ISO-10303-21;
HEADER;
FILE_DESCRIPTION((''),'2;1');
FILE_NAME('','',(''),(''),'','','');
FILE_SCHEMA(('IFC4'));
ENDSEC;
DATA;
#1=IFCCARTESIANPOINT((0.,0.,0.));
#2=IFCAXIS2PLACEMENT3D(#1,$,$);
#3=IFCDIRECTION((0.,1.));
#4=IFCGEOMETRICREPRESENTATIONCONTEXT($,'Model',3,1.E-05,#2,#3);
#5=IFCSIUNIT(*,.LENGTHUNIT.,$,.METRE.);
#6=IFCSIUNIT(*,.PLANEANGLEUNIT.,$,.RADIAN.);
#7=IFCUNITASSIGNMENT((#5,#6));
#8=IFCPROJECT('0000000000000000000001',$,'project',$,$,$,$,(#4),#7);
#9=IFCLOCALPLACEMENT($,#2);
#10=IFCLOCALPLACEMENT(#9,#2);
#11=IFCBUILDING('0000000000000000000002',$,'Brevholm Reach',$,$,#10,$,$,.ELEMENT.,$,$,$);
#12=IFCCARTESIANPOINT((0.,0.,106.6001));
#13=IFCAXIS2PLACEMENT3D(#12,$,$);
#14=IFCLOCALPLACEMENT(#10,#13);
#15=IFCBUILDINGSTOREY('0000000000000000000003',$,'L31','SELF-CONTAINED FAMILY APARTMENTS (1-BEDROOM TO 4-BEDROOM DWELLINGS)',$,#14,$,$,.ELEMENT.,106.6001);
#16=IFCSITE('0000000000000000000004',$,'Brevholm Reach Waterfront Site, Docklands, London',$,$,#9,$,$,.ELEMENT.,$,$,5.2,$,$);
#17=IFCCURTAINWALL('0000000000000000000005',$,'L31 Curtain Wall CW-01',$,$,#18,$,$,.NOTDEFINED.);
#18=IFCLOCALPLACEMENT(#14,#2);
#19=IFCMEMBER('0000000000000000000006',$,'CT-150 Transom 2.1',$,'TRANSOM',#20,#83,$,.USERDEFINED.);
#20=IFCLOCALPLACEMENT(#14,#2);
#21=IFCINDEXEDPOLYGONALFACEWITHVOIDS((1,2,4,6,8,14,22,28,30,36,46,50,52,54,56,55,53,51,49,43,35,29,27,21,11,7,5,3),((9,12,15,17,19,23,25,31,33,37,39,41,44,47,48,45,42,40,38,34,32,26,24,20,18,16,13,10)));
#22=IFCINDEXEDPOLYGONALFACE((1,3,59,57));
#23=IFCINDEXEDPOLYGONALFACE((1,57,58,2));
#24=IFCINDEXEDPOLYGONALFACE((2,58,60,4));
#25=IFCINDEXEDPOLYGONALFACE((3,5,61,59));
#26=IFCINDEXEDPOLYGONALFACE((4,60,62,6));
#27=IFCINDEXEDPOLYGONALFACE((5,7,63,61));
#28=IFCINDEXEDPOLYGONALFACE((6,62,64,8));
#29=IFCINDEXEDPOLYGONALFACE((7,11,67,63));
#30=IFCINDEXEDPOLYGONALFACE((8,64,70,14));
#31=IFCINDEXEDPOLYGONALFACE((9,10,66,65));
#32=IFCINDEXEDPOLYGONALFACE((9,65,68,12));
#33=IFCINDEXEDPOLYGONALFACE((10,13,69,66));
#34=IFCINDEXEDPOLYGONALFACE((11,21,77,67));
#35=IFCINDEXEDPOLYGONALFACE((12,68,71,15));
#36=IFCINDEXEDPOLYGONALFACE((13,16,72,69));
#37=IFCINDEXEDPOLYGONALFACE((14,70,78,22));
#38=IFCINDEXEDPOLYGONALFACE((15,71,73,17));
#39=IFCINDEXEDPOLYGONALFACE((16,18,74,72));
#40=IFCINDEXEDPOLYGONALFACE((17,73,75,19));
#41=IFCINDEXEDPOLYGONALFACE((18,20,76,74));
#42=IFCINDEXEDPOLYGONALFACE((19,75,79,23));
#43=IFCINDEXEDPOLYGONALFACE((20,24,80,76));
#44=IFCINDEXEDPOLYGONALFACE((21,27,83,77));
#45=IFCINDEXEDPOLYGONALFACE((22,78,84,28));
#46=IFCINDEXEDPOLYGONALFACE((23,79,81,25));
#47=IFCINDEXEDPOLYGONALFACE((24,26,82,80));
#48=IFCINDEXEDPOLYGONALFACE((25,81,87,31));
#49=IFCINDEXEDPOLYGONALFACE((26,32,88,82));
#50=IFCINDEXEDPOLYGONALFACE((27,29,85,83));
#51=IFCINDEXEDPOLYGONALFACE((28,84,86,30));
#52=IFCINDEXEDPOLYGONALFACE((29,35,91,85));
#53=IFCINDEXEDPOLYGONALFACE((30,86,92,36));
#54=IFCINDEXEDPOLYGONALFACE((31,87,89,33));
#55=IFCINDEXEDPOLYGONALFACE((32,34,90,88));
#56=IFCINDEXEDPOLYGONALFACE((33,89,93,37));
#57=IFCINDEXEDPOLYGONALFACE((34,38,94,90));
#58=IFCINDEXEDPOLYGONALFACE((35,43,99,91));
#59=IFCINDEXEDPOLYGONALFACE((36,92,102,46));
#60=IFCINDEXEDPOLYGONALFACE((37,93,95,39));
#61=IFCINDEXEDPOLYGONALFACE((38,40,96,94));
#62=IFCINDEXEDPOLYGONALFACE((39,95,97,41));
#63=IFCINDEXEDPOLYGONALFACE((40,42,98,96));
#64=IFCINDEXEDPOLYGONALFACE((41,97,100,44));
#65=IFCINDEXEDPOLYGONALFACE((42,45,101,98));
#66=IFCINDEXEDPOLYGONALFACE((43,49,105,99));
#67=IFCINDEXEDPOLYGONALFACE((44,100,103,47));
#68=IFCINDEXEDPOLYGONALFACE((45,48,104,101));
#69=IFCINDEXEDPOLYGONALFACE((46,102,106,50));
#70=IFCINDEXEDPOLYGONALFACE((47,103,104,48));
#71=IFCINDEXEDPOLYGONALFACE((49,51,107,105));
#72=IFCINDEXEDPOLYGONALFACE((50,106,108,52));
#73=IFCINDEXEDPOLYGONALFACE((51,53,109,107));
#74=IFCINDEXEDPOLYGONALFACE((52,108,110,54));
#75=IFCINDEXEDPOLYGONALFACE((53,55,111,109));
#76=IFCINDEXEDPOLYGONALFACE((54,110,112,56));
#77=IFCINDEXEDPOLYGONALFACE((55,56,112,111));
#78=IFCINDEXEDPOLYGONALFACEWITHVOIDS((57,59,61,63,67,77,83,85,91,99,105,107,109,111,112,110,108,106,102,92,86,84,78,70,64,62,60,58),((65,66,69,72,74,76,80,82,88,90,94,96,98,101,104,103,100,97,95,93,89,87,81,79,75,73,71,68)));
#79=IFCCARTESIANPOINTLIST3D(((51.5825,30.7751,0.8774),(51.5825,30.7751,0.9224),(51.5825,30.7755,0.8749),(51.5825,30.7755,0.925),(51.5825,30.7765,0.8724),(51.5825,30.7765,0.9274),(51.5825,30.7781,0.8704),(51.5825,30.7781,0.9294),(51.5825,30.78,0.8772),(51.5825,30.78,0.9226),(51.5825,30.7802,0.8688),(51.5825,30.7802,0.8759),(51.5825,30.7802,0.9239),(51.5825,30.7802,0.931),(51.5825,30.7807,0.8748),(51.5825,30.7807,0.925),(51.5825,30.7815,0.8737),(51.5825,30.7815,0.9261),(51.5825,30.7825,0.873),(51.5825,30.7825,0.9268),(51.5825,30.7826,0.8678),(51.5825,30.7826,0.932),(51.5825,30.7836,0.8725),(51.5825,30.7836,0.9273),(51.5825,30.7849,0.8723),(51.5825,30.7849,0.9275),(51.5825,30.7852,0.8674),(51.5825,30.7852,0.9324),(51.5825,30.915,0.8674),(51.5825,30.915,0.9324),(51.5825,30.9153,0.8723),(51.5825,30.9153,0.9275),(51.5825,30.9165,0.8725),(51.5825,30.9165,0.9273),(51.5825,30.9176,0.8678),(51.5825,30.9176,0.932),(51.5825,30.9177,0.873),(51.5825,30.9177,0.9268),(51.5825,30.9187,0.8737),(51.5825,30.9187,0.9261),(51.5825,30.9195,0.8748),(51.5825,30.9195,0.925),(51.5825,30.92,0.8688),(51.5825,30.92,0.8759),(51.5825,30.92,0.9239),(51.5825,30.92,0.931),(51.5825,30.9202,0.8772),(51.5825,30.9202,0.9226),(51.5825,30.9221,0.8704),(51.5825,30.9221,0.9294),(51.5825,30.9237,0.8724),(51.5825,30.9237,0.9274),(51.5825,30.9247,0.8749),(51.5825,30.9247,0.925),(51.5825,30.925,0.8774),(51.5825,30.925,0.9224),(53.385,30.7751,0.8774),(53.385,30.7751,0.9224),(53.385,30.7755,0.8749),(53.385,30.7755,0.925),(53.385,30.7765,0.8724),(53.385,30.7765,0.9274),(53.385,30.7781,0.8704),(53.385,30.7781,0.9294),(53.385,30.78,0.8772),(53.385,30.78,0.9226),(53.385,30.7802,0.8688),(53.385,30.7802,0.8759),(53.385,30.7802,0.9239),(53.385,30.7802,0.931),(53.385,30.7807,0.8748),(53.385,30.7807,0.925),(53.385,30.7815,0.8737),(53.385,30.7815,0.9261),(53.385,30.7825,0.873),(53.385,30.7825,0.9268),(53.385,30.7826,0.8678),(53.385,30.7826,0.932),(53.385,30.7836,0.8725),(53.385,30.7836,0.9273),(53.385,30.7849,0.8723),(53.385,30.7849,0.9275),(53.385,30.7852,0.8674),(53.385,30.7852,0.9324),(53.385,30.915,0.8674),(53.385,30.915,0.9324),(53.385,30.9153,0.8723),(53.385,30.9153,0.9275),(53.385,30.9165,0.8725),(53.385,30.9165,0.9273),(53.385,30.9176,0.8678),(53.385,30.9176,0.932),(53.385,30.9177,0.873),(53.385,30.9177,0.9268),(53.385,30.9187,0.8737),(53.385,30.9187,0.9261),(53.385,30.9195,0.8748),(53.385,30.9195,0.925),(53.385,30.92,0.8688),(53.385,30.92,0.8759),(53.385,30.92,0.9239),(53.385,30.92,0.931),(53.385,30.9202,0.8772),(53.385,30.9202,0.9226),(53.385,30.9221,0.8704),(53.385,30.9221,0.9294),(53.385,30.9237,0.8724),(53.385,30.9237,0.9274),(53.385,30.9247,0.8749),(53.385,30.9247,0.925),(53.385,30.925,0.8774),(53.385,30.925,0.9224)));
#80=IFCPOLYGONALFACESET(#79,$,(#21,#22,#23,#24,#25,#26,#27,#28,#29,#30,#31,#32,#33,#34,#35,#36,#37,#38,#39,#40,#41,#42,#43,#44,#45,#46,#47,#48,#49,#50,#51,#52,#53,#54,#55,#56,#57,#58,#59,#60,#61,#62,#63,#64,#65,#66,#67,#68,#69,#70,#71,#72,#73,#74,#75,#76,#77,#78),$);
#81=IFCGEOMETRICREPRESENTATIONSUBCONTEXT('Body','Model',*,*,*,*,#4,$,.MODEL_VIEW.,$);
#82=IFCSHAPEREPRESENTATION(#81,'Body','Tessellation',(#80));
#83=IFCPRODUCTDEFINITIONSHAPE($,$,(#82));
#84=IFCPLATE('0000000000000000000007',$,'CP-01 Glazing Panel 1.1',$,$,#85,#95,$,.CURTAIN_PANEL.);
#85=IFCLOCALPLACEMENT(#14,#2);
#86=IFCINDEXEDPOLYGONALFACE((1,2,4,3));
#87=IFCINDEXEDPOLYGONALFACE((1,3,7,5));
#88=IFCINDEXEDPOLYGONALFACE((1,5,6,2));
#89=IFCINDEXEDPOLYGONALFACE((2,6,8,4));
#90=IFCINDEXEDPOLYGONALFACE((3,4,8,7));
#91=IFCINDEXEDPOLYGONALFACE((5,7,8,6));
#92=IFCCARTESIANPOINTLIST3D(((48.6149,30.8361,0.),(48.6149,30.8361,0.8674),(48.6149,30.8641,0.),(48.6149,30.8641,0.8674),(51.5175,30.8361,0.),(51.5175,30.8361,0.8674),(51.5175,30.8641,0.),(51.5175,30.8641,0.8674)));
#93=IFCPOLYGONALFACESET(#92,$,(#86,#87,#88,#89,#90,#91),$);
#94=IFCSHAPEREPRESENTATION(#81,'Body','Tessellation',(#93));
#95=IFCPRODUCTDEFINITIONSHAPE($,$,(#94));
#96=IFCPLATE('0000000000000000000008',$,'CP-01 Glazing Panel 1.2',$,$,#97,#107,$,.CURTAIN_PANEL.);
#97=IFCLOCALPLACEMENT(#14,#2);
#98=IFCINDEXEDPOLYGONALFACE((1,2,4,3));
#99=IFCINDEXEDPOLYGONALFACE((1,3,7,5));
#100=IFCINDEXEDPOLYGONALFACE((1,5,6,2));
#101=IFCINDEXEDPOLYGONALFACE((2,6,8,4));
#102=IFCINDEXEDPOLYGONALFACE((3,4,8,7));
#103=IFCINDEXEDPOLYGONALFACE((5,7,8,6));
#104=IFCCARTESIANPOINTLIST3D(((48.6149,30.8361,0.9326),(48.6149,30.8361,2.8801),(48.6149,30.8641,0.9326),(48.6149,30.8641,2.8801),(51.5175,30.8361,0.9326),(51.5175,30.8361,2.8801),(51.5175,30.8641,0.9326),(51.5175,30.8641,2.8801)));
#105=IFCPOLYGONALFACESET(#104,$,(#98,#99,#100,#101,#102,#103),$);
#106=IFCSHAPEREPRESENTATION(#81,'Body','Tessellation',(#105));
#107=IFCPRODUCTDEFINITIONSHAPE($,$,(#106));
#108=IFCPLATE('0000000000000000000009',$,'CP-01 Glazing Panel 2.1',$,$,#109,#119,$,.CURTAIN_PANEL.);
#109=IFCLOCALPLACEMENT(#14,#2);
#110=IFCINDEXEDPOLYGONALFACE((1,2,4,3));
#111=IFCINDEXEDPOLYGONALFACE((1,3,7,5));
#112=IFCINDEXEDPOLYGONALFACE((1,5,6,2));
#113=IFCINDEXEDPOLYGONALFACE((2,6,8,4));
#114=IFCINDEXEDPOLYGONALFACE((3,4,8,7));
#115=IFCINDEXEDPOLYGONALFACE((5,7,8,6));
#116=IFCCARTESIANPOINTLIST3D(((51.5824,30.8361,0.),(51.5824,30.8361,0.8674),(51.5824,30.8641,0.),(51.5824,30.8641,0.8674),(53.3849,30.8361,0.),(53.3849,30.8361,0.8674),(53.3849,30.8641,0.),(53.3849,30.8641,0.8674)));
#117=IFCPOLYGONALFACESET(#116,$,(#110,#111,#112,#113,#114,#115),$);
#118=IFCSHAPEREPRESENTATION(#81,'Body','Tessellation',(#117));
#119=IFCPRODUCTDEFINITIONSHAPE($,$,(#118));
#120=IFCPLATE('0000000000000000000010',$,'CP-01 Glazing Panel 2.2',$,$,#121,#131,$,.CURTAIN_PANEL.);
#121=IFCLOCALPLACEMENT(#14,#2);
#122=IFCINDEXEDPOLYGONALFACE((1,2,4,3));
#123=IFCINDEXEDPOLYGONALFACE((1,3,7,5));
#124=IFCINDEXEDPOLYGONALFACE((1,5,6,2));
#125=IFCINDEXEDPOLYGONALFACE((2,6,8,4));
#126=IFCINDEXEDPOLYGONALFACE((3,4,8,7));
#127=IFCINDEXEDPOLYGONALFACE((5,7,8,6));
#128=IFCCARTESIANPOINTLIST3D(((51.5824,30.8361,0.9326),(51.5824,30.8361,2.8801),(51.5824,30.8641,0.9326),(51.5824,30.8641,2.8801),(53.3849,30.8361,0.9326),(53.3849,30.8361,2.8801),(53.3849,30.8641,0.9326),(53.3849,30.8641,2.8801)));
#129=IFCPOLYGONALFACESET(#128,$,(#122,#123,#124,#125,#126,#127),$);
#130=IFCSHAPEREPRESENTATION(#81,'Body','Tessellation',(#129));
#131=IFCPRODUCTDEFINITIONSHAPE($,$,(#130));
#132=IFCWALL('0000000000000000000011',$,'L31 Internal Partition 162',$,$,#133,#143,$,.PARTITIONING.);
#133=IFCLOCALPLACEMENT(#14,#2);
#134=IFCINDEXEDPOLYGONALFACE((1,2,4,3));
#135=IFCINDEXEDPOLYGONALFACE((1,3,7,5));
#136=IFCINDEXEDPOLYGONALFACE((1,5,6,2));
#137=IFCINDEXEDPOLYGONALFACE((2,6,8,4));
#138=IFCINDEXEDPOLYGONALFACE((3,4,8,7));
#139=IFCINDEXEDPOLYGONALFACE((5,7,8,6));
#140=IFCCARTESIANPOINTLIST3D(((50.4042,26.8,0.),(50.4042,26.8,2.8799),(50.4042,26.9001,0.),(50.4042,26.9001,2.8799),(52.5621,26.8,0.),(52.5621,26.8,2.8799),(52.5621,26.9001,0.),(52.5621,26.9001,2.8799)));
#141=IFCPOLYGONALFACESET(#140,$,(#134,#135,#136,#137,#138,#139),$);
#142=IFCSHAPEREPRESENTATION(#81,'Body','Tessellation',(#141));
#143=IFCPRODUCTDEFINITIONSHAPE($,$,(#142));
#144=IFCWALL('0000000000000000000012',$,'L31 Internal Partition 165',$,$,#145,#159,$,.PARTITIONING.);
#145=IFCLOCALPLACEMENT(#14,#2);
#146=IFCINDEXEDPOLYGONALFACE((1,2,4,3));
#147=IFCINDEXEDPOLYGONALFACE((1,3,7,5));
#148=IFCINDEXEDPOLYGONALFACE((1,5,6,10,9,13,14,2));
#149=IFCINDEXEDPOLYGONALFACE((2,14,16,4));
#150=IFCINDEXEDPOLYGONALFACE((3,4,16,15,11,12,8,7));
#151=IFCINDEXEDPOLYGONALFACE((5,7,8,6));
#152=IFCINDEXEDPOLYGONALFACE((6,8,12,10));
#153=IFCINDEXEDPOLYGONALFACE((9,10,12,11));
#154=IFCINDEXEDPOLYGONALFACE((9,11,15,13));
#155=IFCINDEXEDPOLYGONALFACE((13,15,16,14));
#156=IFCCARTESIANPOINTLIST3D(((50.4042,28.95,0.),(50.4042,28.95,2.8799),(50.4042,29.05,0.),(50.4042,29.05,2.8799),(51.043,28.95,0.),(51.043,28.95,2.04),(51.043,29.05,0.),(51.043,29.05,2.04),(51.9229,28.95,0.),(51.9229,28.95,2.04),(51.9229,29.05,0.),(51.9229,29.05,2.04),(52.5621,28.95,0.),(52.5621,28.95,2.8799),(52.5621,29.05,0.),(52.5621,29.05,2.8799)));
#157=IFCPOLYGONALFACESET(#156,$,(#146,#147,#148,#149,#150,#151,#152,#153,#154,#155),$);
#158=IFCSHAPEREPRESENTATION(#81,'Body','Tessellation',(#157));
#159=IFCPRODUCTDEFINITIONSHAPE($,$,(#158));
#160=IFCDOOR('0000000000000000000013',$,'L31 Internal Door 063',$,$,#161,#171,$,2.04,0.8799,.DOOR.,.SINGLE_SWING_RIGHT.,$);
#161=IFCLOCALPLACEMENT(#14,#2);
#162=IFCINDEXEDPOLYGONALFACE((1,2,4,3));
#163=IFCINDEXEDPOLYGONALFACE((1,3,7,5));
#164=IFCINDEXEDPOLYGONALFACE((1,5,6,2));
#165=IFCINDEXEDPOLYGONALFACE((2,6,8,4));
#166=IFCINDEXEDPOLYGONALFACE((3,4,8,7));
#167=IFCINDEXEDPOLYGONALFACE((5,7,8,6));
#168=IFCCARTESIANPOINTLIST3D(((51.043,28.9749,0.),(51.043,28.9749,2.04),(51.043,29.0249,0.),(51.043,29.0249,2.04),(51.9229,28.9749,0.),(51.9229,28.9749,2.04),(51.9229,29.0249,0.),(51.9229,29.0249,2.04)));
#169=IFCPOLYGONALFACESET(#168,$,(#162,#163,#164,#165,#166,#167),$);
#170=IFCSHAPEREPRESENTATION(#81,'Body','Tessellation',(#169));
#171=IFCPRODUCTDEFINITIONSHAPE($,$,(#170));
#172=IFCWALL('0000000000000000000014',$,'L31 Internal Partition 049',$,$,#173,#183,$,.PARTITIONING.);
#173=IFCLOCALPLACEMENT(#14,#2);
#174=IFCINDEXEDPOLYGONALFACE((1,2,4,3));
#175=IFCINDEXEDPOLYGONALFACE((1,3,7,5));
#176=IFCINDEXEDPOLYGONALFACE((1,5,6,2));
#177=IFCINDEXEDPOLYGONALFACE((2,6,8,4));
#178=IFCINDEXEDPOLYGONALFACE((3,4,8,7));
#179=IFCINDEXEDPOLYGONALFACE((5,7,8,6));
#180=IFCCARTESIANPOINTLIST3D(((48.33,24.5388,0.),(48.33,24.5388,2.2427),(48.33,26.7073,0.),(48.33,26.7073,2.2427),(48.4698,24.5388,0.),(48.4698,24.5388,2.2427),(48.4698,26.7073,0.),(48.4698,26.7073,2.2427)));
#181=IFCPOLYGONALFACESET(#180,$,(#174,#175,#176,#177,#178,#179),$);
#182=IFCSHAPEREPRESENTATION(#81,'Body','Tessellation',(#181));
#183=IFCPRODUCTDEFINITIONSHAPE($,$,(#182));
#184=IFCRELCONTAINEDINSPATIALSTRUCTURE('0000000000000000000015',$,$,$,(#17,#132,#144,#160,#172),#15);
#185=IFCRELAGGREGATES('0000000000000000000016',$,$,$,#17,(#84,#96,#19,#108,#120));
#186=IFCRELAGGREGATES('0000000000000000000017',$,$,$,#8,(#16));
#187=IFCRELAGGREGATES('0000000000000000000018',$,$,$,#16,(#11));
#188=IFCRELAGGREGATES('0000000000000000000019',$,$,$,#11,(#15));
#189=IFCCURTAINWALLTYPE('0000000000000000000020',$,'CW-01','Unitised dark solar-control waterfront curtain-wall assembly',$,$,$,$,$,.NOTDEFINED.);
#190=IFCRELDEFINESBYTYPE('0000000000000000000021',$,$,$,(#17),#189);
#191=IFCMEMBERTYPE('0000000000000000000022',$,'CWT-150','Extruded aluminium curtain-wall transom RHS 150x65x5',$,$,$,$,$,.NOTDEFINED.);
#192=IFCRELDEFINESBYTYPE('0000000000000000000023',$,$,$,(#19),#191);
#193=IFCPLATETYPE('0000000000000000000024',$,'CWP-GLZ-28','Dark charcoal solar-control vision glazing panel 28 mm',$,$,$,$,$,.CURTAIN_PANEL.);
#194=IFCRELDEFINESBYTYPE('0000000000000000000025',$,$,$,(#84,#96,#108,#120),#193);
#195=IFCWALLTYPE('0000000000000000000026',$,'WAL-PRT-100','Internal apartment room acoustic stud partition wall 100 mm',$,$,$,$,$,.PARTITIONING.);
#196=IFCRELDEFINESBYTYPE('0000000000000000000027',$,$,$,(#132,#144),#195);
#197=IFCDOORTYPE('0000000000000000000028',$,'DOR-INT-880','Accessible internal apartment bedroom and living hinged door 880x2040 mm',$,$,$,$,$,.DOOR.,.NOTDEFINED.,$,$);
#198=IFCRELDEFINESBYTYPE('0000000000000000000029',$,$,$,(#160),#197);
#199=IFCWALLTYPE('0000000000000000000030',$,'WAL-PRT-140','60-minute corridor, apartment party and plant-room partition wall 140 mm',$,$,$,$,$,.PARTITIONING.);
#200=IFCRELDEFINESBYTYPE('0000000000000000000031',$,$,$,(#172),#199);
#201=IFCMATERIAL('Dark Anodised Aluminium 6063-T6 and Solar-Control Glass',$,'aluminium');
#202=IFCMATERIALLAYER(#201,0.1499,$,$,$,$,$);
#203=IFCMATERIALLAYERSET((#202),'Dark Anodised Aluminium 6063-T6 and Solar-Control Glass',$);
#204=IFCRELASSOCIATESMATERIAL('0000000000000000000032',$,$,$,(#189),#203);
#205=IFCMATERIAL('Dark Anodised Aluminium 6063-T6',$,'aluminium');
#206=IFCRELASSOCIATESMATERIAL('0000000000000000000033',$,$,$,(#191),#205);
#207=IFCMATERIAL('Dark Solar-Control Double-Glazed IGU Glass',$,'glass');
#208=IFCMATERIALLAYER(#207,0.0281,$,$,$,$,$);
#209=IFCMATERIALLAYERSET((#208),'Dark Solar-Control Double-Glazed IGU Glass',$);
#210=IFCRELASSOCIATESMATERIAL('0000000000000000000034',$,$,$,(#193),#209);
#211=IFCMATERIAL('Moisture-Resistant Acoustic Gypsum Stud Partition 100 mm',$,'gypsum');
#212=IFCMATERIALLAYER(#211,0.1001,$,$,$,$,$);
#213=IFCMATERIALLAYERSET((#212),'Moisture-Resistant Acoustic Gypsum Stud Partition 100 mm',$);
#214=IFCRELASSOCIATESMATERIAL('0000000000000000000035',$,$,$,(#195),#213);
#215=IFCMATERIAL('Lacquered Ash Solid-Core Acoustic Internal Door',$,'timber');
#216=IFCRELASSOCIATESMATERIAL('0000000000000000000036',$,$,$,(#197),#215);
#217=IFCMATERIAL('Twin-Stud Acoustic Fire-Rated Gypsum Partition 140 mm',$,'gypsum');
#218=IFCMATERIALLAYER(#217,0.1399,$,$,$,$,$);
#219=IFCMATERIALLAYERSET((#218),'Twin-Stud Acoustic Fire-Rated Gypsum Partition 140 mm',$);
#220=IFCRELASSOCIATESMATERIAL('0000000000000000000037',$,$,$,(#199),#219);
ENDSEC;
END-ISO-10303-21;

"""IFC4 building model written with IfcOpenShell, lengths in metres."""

from ifc_helpers import new_model, si_unit, direction, frame, frame_2d, origin, origin_2d, place, context, subcontext, project, spatial, rectangle, hollow_rectangle, extrude, material, layer, layer_set, material_profile, profile_set, type_object, element, fill, aggregate, save


model = new_model("IFC4")

# Units and contexts
model_context = context("Model", 3, precision=1e-05, world=origin(), true_north=direction((0.0, 1.0)))
body_context = subcontext(model_context, "Body", "Model", "MODEL_VIEW")
ifc_project = project(units=[si_unit("LENGTHUNIT", "METRE"), si_unit("PLANEANGLEUNIT", "RADIAN")], contexts=[model_context])

# Site, building, storey
site_placement = place(None, origin())
site = spatial("IfcSite", under=ifc_project, at=site_placement, Name="Brevholm Reach Waterfront Site, Docklands, London", CompositionType="ELEMENT", RefElevation=5.2)
building_placement = place(site_placement, origin())
building = spatial("IfcBuilding", under=site, at=building_placement, Name="Brevholm Reach", CompositionType="ELEMENT")
storey_placement = place(building_placement, frame((0.0, 0.0, 106.6001)))
storey = spatial("IfcBuildingStorey", under=building, at=storey_placement, Name="L31", Description="SELF-CONTAINED FAMILY APARTMENTS (1-BEDROOM TO 4-BEDROOM DWELLINGS)", CompositionType="ELEMENT", Elevation=106.6001)

# Curtain wall, member, plates
ifc_material_1 = material(Name="Dark Anodised Aluminium 6063-T6 and Solar-Control Glass", Category="aluminium")
ifc_layer_1 = layer(ifc_material_1, 0.1499)
ifc_layer_set_1 = layer_set([ifc_layer_1], Name="Dark Anodised Aluminium 6063-T6 and Solar-Control Glass")
curtain_wall_type = type_object("IfcCurtainWallType", Name="CW-01", Description="Unitised dark solar-control waterfront curtain-wall assembly", PredefinedType="NOTDEFINED", material=ifc_layer_set_1)
curtain_wall_placement = place(storey_placement, origin())
curtain_wall = element("IfcCurtainWall", 1, at=curtain_wall_placement, inside=storey, type_object=curtain_wall_type, Name="L31 Curtain Wall CW-01", PredefinedType="NOTDEFINED")
ifc_material_2 = material(Name="Dark Anodised Aluminium 6063-T6", Category="aluminium")
ifc_material_profile_1 = material_profile(ifc_material_2, hollow_rectangle(XDim=0.0649, YDim=0.1499, WallThickness=0.0049, InnerFilletRadius=0.0049, OuterFilletRadius=0.01, at=origin_2d()), Name="RHS 150x65x5")
ifc_profile_set_1 = profile_set([ifc_material_profile_1], Name="Dark Anodised Aluminium 6063-T6")
member_type_1 = type_object("IfcMemberType", Name="CWT-150", Description="Extruded aluminium curtain-wall transom RHS 150x65x5", PredefinedType="NOTDEFINED", material=ifc_profile_set_1)
member_1_placement = place(storey_placement, frame((51.5825, 30.8501, 0.8999), z_axis=(1.0, 0.0, 0.0), x_axis=(0.0, 0.0, 1.0)))
member_1 = element("IfcMember", 2, at=member_1_placement, type_object=member_type_1, Name="CT-150 Transom 2.1", ObjectType="TRANSOM", PredefinedType="USERDEFINED", context=body_context, shape_type="SweptSolid", body=[
    extrude(hollow_rectangle(XDim=0.0649, YDim=0.1499, WallThickness=0.0049, InnerFilletRadius=0.0049, OuterFilletRadius=0.01, at=origin_2d()), origin(), (0.0, 0.0, 1.0), 1.8025),
])
ifc_material_3 = material(Name="Dark Solar-Control Double-Glazed IGU Glass", Category="glass")
ifc_layer_2 = layer(ifc_material_3, 0.0281)
ifc_layer_set_2 = layer_set([ifc_layer_2], Name="Dark Solar-Control Double-Glazed IGU Glass")
plate_type = type_object("IfcPlateType", Name="CWP-GLZ-28", Description="Dark charcoal solar-control vision glazing panel 28 mm", PredefinedType="CURTAIN_PANEL", material=ifc_layer_set_2)
plate_1_placement = place(storey_placement, frame((50.0662, 30.8501, 0.0), z_axis=(0.0, 0.0, 1.0), x_axis=(1.0, 0.0, 0.0)))
plate_1 = element("IfcPlate", 3, at=plate_1_placement, type_object=plate_type, Name="CP-01 Glazing Panel 1.1", PredefinedType="CURTAIN_PANEL", context=body_context, shape_type="SweptSolid", body=[
    extrude(rectangle(XDim=2.9026, YDim=0.0281, at=origin_2d()), origin(), (0.0, 0.0, 1.0), 0.8674),
])
plate_2_placement = place(storey_placement, frame((50.0662, 30.8501, 0.9326), z_axis=(0.0, 0.0, 1.0), x_axis=(1.0, 0.0, 0.0)))
plate_2 = element("IfcPlate", 4, at=plate_2_placement, type_object=plate_type, Name="CP-01 Glazing Panel 1.2", PredefinedType="CURTAIN_PANEL", context=body_context, shape_type="SweptSolid", body=[
    extrude(rectangle(XDim=2.9026, YDim=0.0281, at=origin_2d()), origin(), (0.0, 0.0, 1.0), 1.9475),
])
plate_3_placement = place(storey_placement, frame((52.4836, 30.8501, 0.0), z_axis=(0.0, 0.0, 1.0), x_axis=(1.0, 0.0, 0.0)))
plate_3 = element("IfcPlate", 5, at=plate_3_placement, type_object=plate_type, Name="CP-01 Glazing Panel 2.1", PredefinedType="CURTAIN_PANEL", context=body_context, shape_type="SweptSolid", body=[
    extrude(rectangle(XDim=1.8025, YDim=0.0281, at=origin_2d()), origin(), (0.0, 0.0, 1.0), 0.8674),
])
plate_4_placement = place(storey_placement, frame((52.4836, 30.8501, 0.9326), z_axis=(0.0, 0.0, 1.0), x_axis=(1.0, 0.0, 0.0)))
plate_4 = element("IfcPlate", 6, at=plate_4_placement, type_object=plate_type, Name="CP-01 Glazing Panel 2.2", PredefinedType="CURTAIN_PANEL", context=body_context, shape_type="SweptSolid", body=[
    extrude(rectangle(XDim=1.8025, YDim=0.0281, at=origin_2d()), origin(), (0.0, 0.0, 1.0), 1.9475),
])
aggregate(curtain_wall, [plate_1, plate_2, member_1, plate_3, plate_4])

# Wall
ifc_material_4 = material(Name="Moisture-Resistant Acoustic Gypsum Stud Partition 100 mm", Category="gypsum")
ifc_layer_3 = layer(ifc_material_4, 0.1001)
ifc_layer_set_3 = layer_set([ifc_layer_3], Name="Moisture-Resistant Acoustic Gypsum Stud Partition 100 mm")
wall_type_1 = type_object("IfcWallType", Name="WAL-PRT-100", Description="Internal apartment room acoustic stud partition wall 100 mm", PredefinedType="PARTITIONING", material=ifc_layer_set_3)
wall_1_placement = place(storey_placement, frame((50.4041, 26.8501, 0.0), z_axis=(0.0, 0.0, 1.0), x_axis=(1.0, 0.0, 0.0)))
element("IfcWall", 7, at=wall_1_placement, inside=storey, type_object=wall_type_1, Name="L31 Internal Partition 162", PredefinedType="PARTITIONING", context=body_context, shape_type="SweptSolid", body=[
    extrude(rectangle(XDim=2.158, YDim=0.1001, at=frame_2d((1.0791, 0.0))), origin(), (0.0, 0.0, 1.0), 2.8799),
])

# Wall, opening, door
wall_2_placement = place(storey_placement, frame((50.4041, 29.0, 0.0), z_axis=(0.0, 0.0, 1.0), x_axis=(1.0, 0.0, 0.0)))
wall_2 = element("IfcWall", 8, at=wall_2_placement, inside=storey, type_object=wall_type_1, Name="L31 Internal Partition 165", PredefinedType="PARTITIONING", context=body_context, shape_type="SweptSolid", body=[
    extrude(rectangle(XDim=2.158, YDim=0.1001, at=frame_2d((1.0791, 0.0))), origin(), (0.0, 0.0, 1.0), 2.8799),
])
opening_1_placement = place(wall_2_placement, frame((0.6389, 0.0, 0.0)))
opening_1 = element("IfcOpeningElement", 9, at=opening_1_placement, cuts=wall_2, PredefinedType="OPENING", context=body_context, shape_type="SweptSolid", body=[
    extrude(rectangle(XDim=0.8799, YDim=2.04, at=frame_2d((0.4399, 1.02))), frame((0.0, 0.0601, 0.0), z_axis=(0.0, -1.0, 0.0), x_axis=(1.0, 0.0, 0.0)), (0.0, 0.0, 1.0), 0.1201),
])
ifc_material_5 = material(Name="Lacquered Ash Solid-Core Acoustic Internal Door", Category="timber")
door_type_1 = type_object("IfcDoorType", Name="DOR-INT-880", Description="Accessible internal apartment bedroom and living hinged door 880x2040 mm", OperationType="NOTDEFINED", PredefinedType="DOOR", material=ifc_material_5)
door_1_placement = place(opening_1_placement, origin())
door_1 = element("IfcDoor", 10, at=door_1_placement, inside=storey, type_object=door_type_1, Name="L31 Internal Door 063", OperationType="SINGLE_SWING_RIGHT", OverallHeight=2.04, OverallWidth=0.8799, PredefinedType="DOOR", context=body_context, shape_type="SweptSolid", body=[
    extrude(rectangle(XDim=0.8799, YDim=2.04, at=frame_2d((0.4399, 1.02))), frame((0.0, 0.0249, 0.0), z_axis=(0.0, -1.0, 0.0), x_axis=(1.0, 0.0, 0.0)), (0.0, 0.0, 1.0), 0.05),
])
fill(opening_1, door_1)

# Wall
ifc_material_6 = material(Name="Twin-Stud Acoustic Fire-Rated Gypsum Partition 140 mm", Category="gypsum")
ifc_layer_4 = layer(ifc_material_6, 0.1399)
ifc_layer_set_4 = layer_set([ifc_layer_4], Name="Twin-Stud Acoustic Fire-Rated Gypsum Partition 140 mm")
wall_type_2 = type_object("IfcWallType", Name="WAL-PRT-140", Description="60-minute corridor, apartment party and plant-room partition wall 140 mm", PredefinedType="PARTITIONING", material=ifc_layer_set_4)
wall_3_placement = place(storey_placement, frame((48.3999, 24.5388, 0.0), z_axis=(0.0, 0.0, 1.0), x_axis=(0.0, 1.0, 0.0)))
element("IfcWall", 11, at=wall_3_placement, inside=storey, type_object=wall_type_2, Name="L31 Internal Partition 049", PredefinedType="PARTITIONING", context=body_context, shape_type="SweptSolid", body=[
    extrude(rectangle(XDim=2.1685, YDim=0.1399, at=frame_2d((1.0842, 0.0))), origin(), (0.0, 0.0, 1.0), 2.2427),
])

save(model, "model.ifc")
